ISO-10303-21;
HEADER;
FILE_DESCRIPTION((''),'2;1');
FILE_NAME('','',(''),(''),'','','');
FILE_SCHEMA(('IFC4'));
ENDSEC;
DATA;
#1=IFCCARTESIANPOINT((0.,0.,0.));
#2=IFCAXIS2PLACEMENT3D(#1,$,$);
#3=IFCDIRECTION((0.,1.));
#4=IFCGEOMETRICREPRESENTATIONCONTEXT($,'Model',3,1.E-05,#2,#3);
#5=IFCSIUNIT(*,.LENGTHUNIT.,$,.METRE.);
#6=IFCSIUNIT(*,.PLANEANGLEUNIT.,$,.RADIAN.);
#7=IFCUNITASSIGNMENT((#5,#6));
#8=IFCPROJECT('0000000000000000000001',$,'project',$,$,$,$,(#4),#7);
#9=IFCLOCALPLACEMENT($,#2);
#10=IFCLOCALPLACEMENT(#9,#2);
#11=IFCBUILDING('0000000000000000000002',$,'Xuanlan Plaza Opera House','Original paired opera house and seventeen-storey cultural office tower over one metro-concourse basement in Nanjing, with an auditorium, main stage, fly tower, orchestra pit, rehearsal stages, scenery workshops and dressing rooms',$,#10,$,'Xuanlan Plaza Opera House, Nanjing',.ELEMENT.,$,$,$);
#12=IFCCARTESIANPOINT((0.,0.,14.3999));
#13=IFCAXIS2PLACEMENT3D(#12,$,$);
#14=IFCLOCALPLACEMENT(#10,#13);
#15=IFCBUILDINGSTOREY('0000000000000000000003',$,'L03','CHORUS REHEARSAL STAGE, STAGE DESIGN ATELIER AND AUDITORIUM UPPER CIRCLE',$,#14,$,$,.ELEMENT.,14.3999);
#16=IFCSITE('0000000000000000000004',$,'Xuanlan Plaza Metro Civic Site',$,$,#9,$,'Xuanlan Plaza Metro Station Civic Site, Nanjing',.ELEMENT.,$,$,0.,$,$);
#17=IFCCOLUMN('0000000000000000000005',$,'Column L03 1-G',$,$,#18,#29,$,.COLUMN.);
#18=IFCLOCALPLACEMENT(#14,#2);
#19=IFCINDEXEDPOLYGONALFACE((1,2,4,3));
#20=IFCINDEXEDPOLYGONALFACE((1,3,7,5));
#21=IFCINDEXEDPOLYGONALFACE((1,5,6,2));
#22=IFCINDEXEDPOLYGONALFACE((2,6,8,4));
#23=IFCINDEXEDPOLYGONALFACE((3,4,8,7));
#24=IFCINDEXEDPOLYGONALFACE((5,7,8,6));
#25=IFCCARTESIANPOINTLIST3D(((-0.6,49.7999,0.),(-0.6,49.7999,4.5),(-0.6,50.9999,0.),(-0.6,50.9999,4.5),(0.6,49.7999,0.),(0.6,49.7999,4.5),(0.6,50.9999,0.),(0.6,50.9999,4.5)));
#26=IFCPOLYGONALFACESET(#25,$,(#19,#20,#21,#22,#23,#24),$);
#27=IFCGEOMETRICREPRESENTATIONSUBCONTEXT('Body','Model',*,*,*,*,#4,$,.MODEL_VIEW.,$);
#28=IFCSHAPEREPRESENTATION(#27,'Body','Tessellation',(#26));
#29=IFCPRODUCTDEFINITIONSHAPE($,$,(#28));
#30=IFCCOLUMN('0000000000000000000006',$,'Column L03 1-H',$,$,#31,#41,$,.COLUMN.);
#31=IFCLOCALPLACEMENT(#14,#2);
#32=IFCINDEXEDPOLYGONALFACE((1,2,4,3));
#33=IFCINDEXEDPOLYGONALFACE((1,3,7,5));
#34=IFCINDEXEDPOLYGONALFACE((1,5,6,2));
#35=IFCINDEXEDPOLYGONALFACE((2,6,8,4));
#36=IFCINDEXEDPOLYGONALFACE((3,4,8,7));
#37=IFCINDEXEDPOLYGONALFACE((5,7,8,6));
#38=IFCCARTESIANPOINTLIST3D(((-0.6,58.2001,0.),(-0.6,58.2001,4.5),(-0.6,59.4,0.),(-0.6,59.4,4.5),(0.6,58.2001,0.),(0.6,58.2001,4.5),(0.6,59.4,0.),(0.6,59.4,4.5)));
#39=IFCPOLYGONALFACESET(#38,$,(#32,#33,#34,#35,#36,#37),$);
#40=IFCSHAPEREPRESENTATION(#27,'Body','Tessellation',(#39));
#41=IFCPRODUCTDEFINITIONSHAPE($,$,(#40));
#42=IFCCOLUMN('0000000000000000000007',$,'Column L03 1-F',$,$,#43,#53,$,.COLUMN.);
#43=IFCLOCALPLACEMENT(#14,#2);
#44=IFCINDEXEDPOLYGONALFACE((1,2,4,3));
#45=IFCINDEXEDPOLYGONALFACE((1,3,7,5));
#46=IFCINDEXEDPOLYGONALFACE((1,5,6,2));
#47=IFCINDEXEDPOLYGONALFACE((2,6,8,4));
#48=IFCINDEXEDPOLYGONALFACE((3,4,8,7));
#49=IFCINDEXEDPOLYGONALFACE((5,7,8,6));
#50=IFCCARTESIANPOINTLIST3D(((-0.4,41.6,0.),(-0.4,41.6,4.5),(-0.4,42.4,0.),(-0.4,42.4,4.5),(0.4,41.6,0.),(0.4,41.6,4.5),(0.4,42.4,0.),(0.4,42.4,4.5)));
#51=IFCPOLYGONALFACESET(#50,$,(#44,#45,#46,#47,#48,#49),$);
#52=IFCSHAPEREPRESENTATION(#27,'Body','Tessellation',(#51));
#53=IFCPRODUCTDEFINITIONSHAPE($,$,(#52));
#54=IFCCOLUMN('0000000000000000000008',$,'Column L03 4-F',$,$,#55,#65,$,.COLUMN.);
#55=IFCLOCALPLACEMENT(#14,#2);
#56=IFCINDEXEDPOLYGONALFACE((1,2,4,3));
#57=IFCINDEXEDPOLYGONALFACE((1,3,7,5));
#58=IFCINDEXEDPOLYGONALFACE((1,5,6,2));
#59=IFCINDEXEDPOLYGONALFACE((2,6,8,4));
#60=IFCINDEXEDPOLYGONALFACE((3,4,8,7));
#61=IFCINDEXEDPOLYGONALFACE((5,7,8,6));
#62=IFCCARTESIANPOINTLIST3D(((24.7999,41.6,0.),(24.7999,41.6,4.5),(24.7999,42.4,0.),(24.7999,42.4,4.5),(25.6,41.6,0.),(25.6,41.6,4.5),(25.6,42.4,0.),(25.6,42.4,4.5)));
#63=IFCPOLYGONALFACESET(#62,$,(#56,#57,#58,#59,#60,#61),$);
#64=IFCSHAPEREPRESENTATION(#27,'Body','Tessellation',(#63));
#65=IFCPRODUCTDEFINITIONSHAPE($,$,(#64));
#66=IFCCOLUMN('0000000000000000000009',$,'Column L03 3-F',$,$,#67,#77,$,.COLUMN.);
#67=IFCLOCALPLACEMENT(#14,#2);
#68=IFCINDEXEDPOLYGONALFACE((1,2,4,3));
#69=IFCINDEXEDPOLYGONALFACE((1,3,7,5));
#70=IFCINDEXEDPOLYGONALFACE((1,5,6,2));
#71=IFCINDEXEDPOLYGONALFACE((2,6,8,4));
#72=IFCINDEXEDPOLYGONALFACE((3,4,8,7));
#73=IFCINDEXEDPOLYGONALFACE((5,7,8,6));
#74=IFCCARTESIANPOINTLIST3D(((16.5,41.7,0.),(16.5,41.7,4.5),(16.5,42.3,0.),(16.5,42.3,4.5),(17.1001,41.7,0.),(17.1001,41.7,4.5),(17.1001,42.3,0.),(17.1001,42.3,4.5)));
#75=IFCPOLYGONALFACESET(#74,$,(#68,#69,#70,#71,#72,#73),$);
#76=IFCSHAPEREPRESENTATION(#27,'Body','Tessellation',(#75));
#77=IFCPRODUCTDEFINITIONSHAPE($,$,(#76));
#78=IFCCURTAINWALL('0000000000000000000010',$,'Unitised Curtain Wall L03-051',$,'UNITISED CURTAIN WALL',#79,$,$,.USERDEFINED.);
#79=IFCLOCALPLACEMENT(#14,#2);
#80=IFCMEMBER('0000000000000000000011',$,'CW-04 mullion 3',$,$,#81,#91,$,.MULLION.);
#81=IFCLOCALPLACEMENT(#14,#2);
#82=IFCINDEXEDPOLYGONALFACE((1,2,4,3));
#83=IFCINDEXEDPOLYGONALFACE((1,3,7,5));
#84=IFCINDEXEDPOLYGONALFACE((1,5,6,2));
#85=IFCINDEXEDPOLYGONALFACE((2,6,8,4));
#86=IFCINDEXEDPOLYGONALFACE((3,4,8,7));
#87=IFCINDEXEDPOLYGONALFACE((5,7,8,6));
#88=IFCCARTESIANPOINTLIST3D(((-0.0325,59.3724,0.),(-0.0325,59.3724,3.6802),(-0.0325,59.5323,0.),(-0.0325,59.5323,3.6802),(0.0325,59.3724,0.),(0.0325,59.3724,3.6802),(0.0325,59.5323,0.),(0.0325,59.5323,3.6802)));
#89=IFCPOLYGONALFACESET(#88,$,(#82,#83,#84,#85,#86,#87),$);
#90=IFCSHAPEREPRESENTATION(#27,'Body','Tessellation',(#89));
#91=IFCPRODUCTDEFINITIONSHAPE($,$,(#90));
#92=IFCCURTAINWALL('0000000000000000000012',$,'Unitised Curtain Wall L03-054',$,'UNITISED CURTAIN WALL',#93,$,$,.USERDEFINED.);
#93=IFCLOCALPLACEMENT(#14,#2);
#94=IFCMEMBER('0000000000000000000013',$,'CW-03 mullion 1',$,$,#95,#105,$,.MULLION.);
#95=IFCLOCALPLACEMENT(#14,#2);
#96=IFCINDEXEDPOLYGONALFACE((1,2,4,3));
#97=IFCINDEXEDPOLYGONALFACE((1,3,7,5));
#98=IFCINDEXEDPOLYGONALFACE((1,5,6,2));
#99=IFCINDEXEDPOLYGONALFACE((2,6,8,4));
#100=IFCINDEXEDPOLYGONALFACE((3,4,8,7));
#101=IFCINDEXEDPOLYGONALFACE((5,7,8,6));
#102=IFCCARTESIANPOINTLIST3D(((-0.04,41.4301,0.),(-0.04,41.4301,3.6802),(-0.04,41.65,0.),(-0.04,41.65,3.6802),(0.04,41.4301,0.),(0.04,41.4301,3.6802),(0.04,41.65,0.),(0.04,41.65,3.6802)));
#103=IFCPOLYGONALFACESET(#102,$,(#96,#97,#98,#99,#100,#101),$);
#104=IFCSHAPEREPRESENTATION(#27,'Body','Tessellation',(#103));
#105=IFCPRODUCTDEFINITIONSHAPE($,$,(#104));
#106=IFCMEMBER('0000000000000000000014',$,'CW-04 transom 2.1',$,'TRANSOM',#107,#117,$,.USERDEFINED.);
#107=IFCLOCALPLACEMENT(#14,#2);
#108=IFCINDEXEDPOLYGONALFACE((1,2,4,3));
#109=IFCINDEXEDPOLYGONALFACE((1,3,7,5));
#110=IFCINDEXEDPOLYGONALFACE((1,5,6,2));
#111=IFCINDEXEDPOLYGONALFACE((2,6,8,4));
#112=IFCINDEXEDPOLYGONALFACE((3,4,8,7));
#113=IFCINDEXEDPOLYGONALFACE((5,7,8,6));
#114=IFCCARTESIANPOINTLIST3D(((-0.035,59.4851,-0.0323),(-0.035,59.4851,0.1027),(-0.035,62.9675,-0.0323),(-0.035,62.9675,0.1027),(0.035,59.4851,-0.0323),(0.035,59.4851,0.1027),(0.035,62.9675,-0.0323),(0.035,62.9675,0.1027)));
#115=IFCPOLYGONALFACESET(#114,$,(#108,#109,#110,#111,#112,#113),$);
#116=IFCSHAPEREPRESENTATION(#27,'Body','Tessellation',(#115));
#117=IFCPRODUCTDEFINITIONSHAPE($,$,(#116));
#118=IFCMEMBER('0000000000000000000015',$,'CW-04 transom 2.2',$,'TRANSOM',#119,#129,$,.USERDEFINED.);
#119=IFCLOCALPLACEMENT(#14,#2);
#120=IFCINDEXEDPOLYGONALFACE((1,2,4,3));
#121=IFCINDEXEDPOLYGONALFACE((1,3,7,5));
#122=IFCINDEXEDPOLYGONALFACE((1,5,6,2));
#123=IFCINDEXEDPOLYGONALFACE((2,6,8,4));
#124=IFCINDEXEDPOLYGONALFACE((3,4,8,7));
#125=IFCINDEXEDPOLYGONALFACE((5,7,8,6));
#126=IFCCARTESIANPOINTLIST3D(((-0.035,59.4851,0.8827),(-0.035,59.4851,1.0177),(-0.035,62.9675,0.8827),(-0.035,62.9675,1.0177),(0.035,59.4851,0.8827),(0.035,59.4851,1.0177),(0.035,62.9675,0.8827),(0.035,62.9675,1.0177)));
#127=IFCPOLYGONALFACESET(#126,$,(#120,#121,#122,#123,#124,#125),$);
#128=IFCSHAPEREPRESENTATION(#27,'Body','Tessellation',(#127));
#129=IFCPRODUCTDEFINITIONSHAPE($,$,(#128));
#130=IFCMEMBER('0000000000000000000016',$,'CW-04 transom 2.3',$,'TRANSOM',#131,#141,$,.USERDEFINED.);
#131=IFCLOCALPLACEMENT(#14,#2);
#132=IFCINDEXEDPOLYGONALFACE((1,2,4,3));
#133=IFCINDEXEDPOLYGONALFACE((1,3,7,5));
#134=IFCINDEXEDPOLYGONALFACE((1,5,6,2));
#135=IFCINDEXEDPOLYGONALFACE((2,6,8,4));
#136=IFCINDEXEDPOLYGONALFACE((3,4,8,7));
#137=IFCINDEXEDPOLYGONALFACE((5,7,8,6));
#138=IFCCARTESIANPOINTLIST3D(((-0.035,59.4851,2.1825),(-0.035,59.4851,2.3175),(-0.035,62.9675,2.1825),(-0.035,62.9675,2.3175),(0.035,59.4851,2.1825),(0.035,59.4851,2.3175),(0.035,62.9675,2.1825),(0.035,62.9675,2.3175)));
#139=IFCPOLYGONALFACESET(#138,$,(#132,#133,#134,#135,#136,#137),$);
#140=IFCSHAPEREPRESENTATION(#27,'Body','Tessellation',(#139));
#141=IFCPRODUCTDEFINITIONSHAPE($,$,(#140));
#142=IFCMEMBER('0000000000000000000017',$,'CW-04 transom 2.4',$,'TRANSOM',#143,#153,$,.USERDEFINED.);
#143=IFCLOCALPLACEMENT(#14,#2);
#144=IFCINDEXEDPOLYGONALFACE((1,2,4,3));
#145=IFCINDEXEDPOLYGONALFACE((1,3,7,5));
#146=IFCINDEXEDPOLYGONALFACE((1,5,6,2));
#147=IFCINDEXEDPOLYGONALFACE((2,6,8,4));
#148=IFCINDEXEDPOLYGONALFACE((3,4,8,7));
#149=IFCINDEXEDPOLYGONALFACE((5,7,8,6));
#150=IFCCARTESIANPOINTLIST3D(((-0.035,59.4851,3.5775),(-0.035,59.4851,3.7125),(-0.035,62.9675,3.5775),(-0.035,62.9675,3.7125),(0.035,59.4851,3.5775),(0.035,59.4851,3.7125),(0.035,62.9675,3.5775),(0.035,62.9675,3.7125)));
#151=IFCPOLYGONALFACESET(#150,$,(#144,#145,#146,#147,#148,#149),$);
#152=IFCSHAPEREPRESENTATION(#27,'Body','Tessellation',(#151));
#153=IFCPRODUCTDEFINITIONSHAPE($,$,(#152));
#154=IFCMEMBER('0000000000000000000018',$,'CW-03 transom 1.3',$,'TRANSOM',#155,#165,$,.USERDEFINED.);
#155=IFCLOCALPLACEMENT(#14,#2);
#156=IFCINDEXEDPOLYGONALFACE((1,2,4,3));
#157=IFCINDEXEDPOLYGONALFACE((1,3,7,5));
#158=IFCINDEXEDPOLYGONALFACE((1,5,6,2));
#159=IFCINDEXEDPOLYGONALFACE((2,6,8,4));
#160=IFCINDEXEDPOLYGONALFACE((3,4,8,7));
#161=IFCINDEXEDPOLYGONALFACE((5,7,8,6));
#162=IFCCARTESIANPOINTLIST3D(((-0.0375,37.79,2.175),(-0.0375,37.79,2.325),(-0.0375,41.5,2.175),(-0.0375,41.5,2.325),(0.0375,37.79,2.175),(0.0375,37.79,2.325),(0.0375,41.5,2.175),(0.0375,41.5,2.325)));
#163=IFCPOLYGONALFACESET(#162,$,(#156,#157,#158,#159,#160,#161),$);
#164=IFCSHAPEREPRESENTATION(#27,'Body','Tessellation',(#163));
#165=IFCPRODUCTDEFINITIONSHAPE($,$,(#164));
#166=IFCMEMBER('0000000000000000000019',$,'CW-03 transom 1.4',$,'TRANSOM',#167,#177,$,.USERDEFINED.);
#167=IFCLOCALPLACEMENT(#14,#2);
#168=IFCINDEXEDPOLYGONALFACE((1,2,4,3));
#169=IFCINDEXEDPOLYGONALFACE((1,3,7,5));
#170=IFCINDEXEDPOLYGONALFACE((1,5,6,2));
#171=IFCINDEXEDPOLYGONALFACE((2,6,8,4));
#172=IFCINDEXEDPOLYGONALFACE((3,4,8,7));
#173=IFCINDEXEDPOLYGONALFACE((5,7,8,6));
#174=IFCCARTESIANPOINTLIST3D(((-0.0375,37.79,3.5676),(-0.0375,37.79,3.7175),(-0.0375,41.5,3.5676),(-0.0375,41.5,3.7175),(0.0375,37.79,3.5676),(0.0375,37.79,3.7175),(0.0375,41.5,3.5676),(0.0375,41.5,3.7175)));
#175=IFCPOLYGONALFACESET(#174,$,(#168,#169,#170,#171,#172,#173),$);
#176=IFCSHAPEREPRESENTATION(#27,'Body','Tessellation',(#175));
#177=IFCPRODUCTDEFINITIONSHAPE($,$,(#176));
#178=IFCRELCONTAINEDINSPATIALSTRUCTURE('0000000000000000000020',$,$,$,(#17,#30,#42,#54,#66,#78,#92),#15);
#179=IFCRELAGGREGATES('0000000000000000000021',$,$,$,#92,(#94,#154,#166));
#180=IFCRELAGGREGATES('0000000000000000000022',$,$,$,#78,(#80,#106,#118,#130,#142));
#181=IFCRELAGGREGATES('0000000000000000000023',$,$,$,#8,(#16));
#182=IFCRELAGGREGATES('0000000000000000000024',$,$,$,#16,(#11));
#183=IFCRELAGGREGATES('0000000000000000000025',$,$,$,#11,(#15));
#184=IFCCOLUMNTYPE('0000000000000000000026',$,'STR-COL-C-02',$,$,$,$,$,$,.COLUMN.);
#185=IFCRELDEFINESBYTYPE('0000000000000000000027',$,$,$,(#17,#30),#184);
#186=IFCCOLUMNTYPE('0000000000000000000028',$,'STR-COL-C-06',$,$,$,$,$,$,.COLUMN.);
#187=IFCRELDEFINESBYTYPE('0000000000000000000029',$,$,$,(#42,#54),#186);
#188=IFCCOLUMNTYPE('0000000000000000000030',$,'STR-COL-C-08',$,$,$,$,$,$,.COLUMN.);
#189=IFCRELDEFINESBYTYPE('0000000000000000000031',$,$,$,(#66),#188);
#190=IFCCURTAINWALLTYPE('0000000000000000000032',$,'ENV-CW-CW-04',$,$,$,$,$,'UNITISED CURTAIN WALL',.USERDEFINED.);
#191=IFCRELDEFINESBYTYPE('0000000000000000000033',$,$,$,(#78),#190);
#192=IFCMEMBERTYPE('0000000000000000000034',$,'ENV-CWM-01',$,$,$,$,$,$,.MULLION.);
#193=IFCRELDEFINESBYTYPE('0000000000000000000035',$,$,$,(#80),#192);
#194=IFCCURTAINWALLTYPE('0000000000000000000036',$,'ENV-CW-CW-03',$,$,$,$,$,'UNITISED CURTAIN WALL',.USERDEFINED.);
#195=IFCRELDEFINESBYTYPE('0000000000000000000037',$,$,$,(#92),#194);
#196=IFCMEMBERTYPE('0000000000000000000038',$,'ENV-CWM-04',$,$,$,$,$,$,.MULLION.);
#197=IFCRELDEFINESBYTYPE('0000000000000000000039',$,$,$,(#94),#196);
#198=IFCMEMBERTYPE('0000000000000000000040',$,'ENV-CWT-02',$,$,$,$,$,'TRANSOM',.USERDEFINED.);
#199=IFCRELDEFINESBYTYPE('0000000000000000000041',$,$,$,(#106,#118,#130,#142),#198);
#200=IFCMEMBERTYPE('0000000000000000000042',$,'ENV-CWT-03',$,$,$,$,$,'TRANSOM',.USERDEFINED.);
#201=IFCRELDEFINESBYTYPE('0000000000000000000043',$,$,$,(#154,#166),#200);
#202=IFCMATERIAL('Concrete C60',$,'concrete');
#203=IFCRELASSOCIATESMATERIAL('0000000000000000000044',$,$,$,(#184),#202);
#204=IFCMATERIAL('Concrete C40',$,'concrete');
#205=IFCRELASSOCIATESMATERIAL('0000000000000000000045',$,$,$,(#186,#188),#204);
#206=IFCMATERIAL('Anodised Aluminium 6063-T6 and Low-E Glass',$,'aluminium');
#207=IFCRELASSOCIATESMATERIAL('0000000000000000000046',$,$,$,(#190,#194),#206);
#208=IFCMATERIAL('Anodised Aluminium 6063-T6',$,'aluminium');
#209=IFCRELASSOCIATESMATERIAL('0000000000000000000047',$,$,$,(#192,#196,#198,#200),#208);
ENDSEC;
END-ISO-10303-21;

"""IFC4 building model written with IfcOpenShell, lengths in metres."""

from ifc_helpers import new_model, si_unit, direction, frame, origin, origin_2d, place, context, subcontext, project, spatial, rectangle, extrude, material, material_profile, profile_set, type_object, element, aggregate, save


model = new_model("IFC4")

# Units and contexts
model_context = context("Model", 3, precision=1e-05, world=origin(), true_north=direction((0.0, 1.0)))
body_context = subcontext(model_context, "Body", "Model", "MODEL_VIEW")
ifc_project = project(units=[si_unit("LENGTHUNIT", "METRE"), si_unit("PLANEANGLEUNIT", "RADIAN")], contexts=[model_context])

# Site, building, storey
site_placement = place(None, origin())
site = spatial("IfcSite", under=ifc_project, at=site_placement, Name="Xuanlan Plaza Metro Civic Site", LongName="Xuanlan Plaza Metro Station Civic Site, Nanjing", CompositionType="ELEMENT", RefElevation=0.0)
building_placement = place(site_placement, origin())
building = spatial("IfcBuilding", under=site, at=building_placement, Name="Xuanlan Plaza Opera House", Description="Original paired opera house and seventeen-storey cultural office tower over one metro-concourse basement in Nanjing, with an auditorium, main stage, fly tower, orchestra pit, rehearsal stages, scenery workshops and dressing rooms", LongName="Xuanlan Plaza Opera House, Nanjing", CompositionType="ELEMENT")
storey_placement = place(building_placement, frame((0.0, 0.0, 14.3999)))
storey = spatial("IfcBuildingStorey", under=building, at=storey_placement, Name="L03", Description="CHORUS REHEARSAL STAGE, STAGE DESIGN ATELIER AND AUDITORIUM UPPER CIRCLE", CompositionType="ELEMENT", Elevation=14.3999)

# Columns
ifc_material_1 = material(Name="Concrete C60", Category="concrete")
ifc_material_profile_1 = material_profile(ifc_material_1, rectangle(XDim=1.2, YDim=1.2, at=origin_2d()), Name="RC-COL 1200x1200")
ifc_profile_set_1 = profile_set([ifc_material_profile_1], Name="Concrete C60")
column_type_1 = type_object("IfcColumnType", Name="STR-COL-C-02", PredefinedType="COLUMN", material=ifc_profile_set_1)
for number, where, z_axis, x_axis, name in (
    (1, (0.0, 50.3999, 0.0), (0.0, 0.0, 1.0), (1.0, 0.0, 0.0), "Column L03 1-G"),
    (2, (0.0, 58.8, 0.0), (0.0, 0.0, 1.0), (1.0, 0.0, 0.0), "Column L03 1-H"),
):
    element("IfcColumn", number, at=place(storey_placement, frame(where, z_axis=z_axis, x_axis=x_axis)), inside=storey, type_object=column_type_1, Name=name, PredefinedType="COLUMN", context=body_context, shape_type="SweptSolid", body=[
        extrude(rectangle(XDim=1.2, YDim=1.2, at=origin_2d()), origin(), (0.0, 0.0, 1.0), 4.5),
    ])
ifc_material_2 = material(Name="Concrete C40", Category="concrete")
ifc_material_profile_2 = material_profile(ifc_material_2, rectangle(XDim=0.8, YDim=0.8, at=origin_2d()), Name="RC-COL 800x800")
ifc_profile_set_2 = profile_set([ifc_material_profile_2], Name="Concrete C40")
column_type_2 = type_object("IfcColumnType", Name="STR-COL-C-06", PredefinedType="COLUMN", material=ifc_profile_set_2)
for number, where, z_axis, x_axis, name in (
    (3, (0.0, 42.0, 0.0), (0.0, 0.0, 1.0), (1.0, 0.0, 0.0), "Column L03 1-F"),
    (4, (25.2, 42.0, 0.0), (0.0, 0.0, 1.0), (1.0, 0.0, 0.0), "Column L03 4-F"),
):
    element("IfcColumn", number, at=place(storey_placement, frame(where, z_axis=z_axis, x_axis=x_axis)), inside=storey, type_object=column_type_2, Name=name, PredefinedType="COLUMN", context=body_context, shape_type="SweptSolid", body=[
        extrude(rectangle(XDim=0.8, YDim=0.8, at=origin_2d()), origin(), (0.0, 0.0, 1.0), 4.5),
    ])
ifc_material_profile_3 = material_profile(ifc_material_2, rectangle(XDim=0.6001, YDim=0.6001, at=origin_2d()), Name="RC-COL 600x600")
ifc_profile_set_3 = profile_set([ifc_material_profile_3], Name="Concrete C40")
column_type_3 = type_object("IfcColumnType", Name="STR-COL-C-08", PredefinedType="COLUMN", material=ifc_profile_set_3)
column_placement = place(storey_placement, frame((16.8, 42.0, 0.0), z_axis=(0.0, 0.0, 1.0), x_axis=(1.0, 0.0, 0.0)))
element("IfcColumn", 5, at=column_placement, inside=storey, type_object=column_type_3, Name="Column L03 3-F", PredefinedType="COLUMN", context=body_context, shape_type="SweptSolid", body=[
    extrude(rectangle(XDim=0.6001, YDim=0.6001, at=origin_2d()), origin(), (0.0, 0.0, 1.0), 4.5),
])

# Curtain walls, members
ifc_material_3 = material(Name="Anodised Aluminium 6063-T6 and Low-E Glass", Category="aluminium")
curtain_wall_type_1 = type_object("IfcCurtainWallType", Name="ENV-CW-CW-04", ElementType="UNITISED CURTAIN WALL", PredefinedType="USERDEFINED", material=ifc_material_3)
curtain_wall_1_placement = place(storey_placement, origin())
curtain_wall_1 = element("IfcCurtainWall", 6, at=curtain_wall_1_placement, inside=storey, type_object=curtain_wall_type_1, Name="Unitised Curtain Wall L03-051", ObjectType="UNITISED CURTAIN WALL", PredefinedType="USERDEFINED")
ifc_material_4 = material(Name="Anodised Aluminium 6063-T6", Category="aluminium")
ifc_material_profile_4 = material_profile(ifc_material_4, rectangle(XDim=0.0649, YDim=0.1599, at=origin_2d()), Name="ALU-M 65x160")
ifc_profile_set_4 = profile_set([ifc_material_profile_4], Name="Anodised Aluminium 6063-T6")
member_type_1 = type_object("IfcMemberType", Name="ENV-CWM-01", PredefinedType="MULLION", material=ifc_profile_set_4)
member_1_placement = place(storey_placement, frame((0.0, 59.4524, 0.0), z_axis=(0.0, 0.0, 1.0), x_axis=(1.0, 0.0, 0.0)))
member_1 = element("IfcMember", 7, at=member_1_placement, type_object=member_type_1, Name="CW-04 mullion 3", PredefinedType="MULLION", context=body_context, shape_type="SweptSolid", body=[
    extrude(rectangle(XDim=0.0649, YDim=0.1599, at=origin_2d()), origin(), (0.0, 0.0, 1.0), 3.6802),
])
curtain_wall_type_2 = type_object("IfcCurtainWallType", Name="ENV-CW-CW-03", ElementType="UNITISED CURTAIN WALL", PredefinedType="USERDEFINED", material=ifc_material_3)
curtain_wall_2_placement = place(storey_placement, origin())
curtain_wall_2 = element("IfcCurtainWall", 8, at=curtain_wall_2_placement, inside=storey, type_object=curtain_wall_type_2, Name="Unitised Curtain Wall L03-054", ObjectType="UNITISED CURTAIN WALL", PredefinedType="USERDEFINED")
ifc_material_profile_5 = material_profile(ifc_material_4, rectangle(XDim=0.0801, YDim=0.22, at=origin_2d()), Name="ALU-M 80x220")
ifc_profile_set_5 = profile_set([ifc_material_profile_5], Name="Anodised Aluminium 6063-T6")
member_type_2 = type_object("IfcMemberType", Name="ENV-CWM-04", PredefinedType="MULLION", material=ifc_profile_set_5)
member_2_placement = place(storey_placement, frame((0.0, 41.54, 0.0), z_axis=(0.0, 0.0, 1.0), x_axis=(1.0, 0.0, 0.0)))
member_2 = element("IfcMember", 9, at=member_2_placement, type_object=member_type_2, Name="CW-03 mullion 1", PredefinedType="MULLION", context=body_context, shape_type="SweptSolid", body=[
    extrude(rectangle(XDim=0.0801, YDim=0.22, at=origin_2d()), origin(), (0.0, 0.0, 1.0), 3.6802),
])

# Members
ifc_material_profile_6 = material_profile(ifc_material_4, rectangle(XDim=0.0701, YDim=0.135, at=origin_2d()), Name="ALU-T 70x135")
ifc_profile_set_6 = profile_set([ifc_material_profile_6], Name="Anodised Aluminium 6063-T6")
member_type_3 = type_object("IfcMemberType", Name="ENV-CWT-02", ElementType="TRANSOM", PredefinedType="USERDEFINED", material=ifc_profile_set_6)
member_3_placement = place(storey_placement, frame((0.0, 62.9675, 0.0352), z_axis=(0.0, -1.0, 0.0), x_axis=(1.0, 0.0, 0.0)))
member_3 = element("IfcMember", 10, at=member_3_placement, type_object=member_type_3, Name="CW-04 transom 2.1", ObjectType="TRANSOM", PredefinedType="USERDEFINED", context=body_context, shape_type="SweptSolid", body=[
    extrude(rectangle(XDim=0.0701, YDim=0.135, at=origin_2d()), origin(), (0.0, 0.0, 1.0), 3.4824),
])
member_4_placement = place(storey_placement, frame((0.0, 62.9675, 0.9502), z_axis=(0.0, -1.0, 0.0), x_axis=(1.0, 0.0, 0.0)))
member_4 = element("IfcMember", 11, at=member_4_placement, type_object=member_type_3, Name="CW-04 transom 2.2", ObjectType="TRANSOM", PredefinedType="USERDEFINED", context=body_context, shape_type="SweptSolid", body=[
    extrude(rectangle(XDim=0.0701, YDim=0.135, at=origin_2d()), origin(), (0.0, 0.0, 1.0), 3.4824),
])
member_5_placement = place(storey_placement, frame((0.0, 62.9675, 2.25), z_axis=(0.0, -1.0, 0.0), x_axis=(1.0, 0.0, 0.0)))
member_5 = element("IfcMember", 12, at=member_5_placement, type_object=member_type_3, Name="CW-04 transom 2.3", ObjectType="TRANSOM", PredefinedType="USERDEFINED", context=body_context, shape_type="SweptSolid", body=[
    extrude(rectangle(XDim=0.0701, YDim=0.135, at=origin_2d()), origin(), (0.0, 0.0, 1.0), 3.4824),
])
member_6_placement = place(storey_placement, frame((0.0, 62.9675, 3.645), z_axis=(0.0, -1.0, 0.0), x_axis=(1.0, 0.0, 0.0)))
member_6 = element("IfcMember", 13, at=member_6_placement, type_object=member_type_3, Name="CW-04 transom 2.4", ObjectType="TRANSOM", PredefinedType="USERDEFINED", context=body_context, shape_type="SweptSolid", body=[
    extrude(rectangle(XDim=0.0701, YDim=0.135, at=origin_2d()), origin(), (0.0, 0.0, 1.0), 3.4824),
])
ifc_material_profile_7 = material_profile(ifc_material_4, rectangle(XDim=0.075, YDim=0.1499, at=origin_2d()), Name="ALU-T 75x150")
ifc_profile_set_7 = profile_set([ifc_material_profile_7], Name="Anodised Aluminium 6063-T6")
member_type_4 = type_object("IfcMemberType", Name="ENV-CWT-03", ElementType="TRANSOM", PredefinedType="USERDEFINED", material=ifc_profile_set_7)
member_7_placement = place(storey_placement, frame((0.0, 41.5, 2.25), z_axis=(0.0, -1.0, 0.0), x_axis=(1.0, 0.0, 0.0)))
member_7 = element("IfcMember", 14, at=member_7_placement, type_object=member_type_4, Name="CW-03 transom 1.3", ObjectType="TRANSOM", PredefinedType="USERDEFINED", context=body_context, shape_type="SweptSolid", body=[
    extrude(rectangle(XDim=0.075, YDim=0.1499, at=origin_2d()), origin(), (0.0, 0.0, 1.0), 3.71),
])
member_8_placement = place(storey_placement, frame((0.0, 41.5, 3.6426), z_axis=(0.0, -1.0, 0.0), x_axis=(1.0, 0.0, 0.0)))
member_8 = element("IfcMember", 15, at=member_8_placement, type_object=member_type_4, Name="CW-03 transom 1.4", ObjectType="TRANSOM", PredefinedType="USERDEFINED", context=body_context, shape_type="SweptSolid", body=[
    extrude(rectangle(XDim=0.075, YDim=0.1499, at=origin_2d()), origin(), (0.0, 0.0, 1.0), 3.71),
])
aggregate(curtain_wall_2, [member_2, member_7, member_8])

aggregate(curtain_wall_1, [member_1, member_3, member_4, member_5, member_6])

save(model, "model.ifc")
